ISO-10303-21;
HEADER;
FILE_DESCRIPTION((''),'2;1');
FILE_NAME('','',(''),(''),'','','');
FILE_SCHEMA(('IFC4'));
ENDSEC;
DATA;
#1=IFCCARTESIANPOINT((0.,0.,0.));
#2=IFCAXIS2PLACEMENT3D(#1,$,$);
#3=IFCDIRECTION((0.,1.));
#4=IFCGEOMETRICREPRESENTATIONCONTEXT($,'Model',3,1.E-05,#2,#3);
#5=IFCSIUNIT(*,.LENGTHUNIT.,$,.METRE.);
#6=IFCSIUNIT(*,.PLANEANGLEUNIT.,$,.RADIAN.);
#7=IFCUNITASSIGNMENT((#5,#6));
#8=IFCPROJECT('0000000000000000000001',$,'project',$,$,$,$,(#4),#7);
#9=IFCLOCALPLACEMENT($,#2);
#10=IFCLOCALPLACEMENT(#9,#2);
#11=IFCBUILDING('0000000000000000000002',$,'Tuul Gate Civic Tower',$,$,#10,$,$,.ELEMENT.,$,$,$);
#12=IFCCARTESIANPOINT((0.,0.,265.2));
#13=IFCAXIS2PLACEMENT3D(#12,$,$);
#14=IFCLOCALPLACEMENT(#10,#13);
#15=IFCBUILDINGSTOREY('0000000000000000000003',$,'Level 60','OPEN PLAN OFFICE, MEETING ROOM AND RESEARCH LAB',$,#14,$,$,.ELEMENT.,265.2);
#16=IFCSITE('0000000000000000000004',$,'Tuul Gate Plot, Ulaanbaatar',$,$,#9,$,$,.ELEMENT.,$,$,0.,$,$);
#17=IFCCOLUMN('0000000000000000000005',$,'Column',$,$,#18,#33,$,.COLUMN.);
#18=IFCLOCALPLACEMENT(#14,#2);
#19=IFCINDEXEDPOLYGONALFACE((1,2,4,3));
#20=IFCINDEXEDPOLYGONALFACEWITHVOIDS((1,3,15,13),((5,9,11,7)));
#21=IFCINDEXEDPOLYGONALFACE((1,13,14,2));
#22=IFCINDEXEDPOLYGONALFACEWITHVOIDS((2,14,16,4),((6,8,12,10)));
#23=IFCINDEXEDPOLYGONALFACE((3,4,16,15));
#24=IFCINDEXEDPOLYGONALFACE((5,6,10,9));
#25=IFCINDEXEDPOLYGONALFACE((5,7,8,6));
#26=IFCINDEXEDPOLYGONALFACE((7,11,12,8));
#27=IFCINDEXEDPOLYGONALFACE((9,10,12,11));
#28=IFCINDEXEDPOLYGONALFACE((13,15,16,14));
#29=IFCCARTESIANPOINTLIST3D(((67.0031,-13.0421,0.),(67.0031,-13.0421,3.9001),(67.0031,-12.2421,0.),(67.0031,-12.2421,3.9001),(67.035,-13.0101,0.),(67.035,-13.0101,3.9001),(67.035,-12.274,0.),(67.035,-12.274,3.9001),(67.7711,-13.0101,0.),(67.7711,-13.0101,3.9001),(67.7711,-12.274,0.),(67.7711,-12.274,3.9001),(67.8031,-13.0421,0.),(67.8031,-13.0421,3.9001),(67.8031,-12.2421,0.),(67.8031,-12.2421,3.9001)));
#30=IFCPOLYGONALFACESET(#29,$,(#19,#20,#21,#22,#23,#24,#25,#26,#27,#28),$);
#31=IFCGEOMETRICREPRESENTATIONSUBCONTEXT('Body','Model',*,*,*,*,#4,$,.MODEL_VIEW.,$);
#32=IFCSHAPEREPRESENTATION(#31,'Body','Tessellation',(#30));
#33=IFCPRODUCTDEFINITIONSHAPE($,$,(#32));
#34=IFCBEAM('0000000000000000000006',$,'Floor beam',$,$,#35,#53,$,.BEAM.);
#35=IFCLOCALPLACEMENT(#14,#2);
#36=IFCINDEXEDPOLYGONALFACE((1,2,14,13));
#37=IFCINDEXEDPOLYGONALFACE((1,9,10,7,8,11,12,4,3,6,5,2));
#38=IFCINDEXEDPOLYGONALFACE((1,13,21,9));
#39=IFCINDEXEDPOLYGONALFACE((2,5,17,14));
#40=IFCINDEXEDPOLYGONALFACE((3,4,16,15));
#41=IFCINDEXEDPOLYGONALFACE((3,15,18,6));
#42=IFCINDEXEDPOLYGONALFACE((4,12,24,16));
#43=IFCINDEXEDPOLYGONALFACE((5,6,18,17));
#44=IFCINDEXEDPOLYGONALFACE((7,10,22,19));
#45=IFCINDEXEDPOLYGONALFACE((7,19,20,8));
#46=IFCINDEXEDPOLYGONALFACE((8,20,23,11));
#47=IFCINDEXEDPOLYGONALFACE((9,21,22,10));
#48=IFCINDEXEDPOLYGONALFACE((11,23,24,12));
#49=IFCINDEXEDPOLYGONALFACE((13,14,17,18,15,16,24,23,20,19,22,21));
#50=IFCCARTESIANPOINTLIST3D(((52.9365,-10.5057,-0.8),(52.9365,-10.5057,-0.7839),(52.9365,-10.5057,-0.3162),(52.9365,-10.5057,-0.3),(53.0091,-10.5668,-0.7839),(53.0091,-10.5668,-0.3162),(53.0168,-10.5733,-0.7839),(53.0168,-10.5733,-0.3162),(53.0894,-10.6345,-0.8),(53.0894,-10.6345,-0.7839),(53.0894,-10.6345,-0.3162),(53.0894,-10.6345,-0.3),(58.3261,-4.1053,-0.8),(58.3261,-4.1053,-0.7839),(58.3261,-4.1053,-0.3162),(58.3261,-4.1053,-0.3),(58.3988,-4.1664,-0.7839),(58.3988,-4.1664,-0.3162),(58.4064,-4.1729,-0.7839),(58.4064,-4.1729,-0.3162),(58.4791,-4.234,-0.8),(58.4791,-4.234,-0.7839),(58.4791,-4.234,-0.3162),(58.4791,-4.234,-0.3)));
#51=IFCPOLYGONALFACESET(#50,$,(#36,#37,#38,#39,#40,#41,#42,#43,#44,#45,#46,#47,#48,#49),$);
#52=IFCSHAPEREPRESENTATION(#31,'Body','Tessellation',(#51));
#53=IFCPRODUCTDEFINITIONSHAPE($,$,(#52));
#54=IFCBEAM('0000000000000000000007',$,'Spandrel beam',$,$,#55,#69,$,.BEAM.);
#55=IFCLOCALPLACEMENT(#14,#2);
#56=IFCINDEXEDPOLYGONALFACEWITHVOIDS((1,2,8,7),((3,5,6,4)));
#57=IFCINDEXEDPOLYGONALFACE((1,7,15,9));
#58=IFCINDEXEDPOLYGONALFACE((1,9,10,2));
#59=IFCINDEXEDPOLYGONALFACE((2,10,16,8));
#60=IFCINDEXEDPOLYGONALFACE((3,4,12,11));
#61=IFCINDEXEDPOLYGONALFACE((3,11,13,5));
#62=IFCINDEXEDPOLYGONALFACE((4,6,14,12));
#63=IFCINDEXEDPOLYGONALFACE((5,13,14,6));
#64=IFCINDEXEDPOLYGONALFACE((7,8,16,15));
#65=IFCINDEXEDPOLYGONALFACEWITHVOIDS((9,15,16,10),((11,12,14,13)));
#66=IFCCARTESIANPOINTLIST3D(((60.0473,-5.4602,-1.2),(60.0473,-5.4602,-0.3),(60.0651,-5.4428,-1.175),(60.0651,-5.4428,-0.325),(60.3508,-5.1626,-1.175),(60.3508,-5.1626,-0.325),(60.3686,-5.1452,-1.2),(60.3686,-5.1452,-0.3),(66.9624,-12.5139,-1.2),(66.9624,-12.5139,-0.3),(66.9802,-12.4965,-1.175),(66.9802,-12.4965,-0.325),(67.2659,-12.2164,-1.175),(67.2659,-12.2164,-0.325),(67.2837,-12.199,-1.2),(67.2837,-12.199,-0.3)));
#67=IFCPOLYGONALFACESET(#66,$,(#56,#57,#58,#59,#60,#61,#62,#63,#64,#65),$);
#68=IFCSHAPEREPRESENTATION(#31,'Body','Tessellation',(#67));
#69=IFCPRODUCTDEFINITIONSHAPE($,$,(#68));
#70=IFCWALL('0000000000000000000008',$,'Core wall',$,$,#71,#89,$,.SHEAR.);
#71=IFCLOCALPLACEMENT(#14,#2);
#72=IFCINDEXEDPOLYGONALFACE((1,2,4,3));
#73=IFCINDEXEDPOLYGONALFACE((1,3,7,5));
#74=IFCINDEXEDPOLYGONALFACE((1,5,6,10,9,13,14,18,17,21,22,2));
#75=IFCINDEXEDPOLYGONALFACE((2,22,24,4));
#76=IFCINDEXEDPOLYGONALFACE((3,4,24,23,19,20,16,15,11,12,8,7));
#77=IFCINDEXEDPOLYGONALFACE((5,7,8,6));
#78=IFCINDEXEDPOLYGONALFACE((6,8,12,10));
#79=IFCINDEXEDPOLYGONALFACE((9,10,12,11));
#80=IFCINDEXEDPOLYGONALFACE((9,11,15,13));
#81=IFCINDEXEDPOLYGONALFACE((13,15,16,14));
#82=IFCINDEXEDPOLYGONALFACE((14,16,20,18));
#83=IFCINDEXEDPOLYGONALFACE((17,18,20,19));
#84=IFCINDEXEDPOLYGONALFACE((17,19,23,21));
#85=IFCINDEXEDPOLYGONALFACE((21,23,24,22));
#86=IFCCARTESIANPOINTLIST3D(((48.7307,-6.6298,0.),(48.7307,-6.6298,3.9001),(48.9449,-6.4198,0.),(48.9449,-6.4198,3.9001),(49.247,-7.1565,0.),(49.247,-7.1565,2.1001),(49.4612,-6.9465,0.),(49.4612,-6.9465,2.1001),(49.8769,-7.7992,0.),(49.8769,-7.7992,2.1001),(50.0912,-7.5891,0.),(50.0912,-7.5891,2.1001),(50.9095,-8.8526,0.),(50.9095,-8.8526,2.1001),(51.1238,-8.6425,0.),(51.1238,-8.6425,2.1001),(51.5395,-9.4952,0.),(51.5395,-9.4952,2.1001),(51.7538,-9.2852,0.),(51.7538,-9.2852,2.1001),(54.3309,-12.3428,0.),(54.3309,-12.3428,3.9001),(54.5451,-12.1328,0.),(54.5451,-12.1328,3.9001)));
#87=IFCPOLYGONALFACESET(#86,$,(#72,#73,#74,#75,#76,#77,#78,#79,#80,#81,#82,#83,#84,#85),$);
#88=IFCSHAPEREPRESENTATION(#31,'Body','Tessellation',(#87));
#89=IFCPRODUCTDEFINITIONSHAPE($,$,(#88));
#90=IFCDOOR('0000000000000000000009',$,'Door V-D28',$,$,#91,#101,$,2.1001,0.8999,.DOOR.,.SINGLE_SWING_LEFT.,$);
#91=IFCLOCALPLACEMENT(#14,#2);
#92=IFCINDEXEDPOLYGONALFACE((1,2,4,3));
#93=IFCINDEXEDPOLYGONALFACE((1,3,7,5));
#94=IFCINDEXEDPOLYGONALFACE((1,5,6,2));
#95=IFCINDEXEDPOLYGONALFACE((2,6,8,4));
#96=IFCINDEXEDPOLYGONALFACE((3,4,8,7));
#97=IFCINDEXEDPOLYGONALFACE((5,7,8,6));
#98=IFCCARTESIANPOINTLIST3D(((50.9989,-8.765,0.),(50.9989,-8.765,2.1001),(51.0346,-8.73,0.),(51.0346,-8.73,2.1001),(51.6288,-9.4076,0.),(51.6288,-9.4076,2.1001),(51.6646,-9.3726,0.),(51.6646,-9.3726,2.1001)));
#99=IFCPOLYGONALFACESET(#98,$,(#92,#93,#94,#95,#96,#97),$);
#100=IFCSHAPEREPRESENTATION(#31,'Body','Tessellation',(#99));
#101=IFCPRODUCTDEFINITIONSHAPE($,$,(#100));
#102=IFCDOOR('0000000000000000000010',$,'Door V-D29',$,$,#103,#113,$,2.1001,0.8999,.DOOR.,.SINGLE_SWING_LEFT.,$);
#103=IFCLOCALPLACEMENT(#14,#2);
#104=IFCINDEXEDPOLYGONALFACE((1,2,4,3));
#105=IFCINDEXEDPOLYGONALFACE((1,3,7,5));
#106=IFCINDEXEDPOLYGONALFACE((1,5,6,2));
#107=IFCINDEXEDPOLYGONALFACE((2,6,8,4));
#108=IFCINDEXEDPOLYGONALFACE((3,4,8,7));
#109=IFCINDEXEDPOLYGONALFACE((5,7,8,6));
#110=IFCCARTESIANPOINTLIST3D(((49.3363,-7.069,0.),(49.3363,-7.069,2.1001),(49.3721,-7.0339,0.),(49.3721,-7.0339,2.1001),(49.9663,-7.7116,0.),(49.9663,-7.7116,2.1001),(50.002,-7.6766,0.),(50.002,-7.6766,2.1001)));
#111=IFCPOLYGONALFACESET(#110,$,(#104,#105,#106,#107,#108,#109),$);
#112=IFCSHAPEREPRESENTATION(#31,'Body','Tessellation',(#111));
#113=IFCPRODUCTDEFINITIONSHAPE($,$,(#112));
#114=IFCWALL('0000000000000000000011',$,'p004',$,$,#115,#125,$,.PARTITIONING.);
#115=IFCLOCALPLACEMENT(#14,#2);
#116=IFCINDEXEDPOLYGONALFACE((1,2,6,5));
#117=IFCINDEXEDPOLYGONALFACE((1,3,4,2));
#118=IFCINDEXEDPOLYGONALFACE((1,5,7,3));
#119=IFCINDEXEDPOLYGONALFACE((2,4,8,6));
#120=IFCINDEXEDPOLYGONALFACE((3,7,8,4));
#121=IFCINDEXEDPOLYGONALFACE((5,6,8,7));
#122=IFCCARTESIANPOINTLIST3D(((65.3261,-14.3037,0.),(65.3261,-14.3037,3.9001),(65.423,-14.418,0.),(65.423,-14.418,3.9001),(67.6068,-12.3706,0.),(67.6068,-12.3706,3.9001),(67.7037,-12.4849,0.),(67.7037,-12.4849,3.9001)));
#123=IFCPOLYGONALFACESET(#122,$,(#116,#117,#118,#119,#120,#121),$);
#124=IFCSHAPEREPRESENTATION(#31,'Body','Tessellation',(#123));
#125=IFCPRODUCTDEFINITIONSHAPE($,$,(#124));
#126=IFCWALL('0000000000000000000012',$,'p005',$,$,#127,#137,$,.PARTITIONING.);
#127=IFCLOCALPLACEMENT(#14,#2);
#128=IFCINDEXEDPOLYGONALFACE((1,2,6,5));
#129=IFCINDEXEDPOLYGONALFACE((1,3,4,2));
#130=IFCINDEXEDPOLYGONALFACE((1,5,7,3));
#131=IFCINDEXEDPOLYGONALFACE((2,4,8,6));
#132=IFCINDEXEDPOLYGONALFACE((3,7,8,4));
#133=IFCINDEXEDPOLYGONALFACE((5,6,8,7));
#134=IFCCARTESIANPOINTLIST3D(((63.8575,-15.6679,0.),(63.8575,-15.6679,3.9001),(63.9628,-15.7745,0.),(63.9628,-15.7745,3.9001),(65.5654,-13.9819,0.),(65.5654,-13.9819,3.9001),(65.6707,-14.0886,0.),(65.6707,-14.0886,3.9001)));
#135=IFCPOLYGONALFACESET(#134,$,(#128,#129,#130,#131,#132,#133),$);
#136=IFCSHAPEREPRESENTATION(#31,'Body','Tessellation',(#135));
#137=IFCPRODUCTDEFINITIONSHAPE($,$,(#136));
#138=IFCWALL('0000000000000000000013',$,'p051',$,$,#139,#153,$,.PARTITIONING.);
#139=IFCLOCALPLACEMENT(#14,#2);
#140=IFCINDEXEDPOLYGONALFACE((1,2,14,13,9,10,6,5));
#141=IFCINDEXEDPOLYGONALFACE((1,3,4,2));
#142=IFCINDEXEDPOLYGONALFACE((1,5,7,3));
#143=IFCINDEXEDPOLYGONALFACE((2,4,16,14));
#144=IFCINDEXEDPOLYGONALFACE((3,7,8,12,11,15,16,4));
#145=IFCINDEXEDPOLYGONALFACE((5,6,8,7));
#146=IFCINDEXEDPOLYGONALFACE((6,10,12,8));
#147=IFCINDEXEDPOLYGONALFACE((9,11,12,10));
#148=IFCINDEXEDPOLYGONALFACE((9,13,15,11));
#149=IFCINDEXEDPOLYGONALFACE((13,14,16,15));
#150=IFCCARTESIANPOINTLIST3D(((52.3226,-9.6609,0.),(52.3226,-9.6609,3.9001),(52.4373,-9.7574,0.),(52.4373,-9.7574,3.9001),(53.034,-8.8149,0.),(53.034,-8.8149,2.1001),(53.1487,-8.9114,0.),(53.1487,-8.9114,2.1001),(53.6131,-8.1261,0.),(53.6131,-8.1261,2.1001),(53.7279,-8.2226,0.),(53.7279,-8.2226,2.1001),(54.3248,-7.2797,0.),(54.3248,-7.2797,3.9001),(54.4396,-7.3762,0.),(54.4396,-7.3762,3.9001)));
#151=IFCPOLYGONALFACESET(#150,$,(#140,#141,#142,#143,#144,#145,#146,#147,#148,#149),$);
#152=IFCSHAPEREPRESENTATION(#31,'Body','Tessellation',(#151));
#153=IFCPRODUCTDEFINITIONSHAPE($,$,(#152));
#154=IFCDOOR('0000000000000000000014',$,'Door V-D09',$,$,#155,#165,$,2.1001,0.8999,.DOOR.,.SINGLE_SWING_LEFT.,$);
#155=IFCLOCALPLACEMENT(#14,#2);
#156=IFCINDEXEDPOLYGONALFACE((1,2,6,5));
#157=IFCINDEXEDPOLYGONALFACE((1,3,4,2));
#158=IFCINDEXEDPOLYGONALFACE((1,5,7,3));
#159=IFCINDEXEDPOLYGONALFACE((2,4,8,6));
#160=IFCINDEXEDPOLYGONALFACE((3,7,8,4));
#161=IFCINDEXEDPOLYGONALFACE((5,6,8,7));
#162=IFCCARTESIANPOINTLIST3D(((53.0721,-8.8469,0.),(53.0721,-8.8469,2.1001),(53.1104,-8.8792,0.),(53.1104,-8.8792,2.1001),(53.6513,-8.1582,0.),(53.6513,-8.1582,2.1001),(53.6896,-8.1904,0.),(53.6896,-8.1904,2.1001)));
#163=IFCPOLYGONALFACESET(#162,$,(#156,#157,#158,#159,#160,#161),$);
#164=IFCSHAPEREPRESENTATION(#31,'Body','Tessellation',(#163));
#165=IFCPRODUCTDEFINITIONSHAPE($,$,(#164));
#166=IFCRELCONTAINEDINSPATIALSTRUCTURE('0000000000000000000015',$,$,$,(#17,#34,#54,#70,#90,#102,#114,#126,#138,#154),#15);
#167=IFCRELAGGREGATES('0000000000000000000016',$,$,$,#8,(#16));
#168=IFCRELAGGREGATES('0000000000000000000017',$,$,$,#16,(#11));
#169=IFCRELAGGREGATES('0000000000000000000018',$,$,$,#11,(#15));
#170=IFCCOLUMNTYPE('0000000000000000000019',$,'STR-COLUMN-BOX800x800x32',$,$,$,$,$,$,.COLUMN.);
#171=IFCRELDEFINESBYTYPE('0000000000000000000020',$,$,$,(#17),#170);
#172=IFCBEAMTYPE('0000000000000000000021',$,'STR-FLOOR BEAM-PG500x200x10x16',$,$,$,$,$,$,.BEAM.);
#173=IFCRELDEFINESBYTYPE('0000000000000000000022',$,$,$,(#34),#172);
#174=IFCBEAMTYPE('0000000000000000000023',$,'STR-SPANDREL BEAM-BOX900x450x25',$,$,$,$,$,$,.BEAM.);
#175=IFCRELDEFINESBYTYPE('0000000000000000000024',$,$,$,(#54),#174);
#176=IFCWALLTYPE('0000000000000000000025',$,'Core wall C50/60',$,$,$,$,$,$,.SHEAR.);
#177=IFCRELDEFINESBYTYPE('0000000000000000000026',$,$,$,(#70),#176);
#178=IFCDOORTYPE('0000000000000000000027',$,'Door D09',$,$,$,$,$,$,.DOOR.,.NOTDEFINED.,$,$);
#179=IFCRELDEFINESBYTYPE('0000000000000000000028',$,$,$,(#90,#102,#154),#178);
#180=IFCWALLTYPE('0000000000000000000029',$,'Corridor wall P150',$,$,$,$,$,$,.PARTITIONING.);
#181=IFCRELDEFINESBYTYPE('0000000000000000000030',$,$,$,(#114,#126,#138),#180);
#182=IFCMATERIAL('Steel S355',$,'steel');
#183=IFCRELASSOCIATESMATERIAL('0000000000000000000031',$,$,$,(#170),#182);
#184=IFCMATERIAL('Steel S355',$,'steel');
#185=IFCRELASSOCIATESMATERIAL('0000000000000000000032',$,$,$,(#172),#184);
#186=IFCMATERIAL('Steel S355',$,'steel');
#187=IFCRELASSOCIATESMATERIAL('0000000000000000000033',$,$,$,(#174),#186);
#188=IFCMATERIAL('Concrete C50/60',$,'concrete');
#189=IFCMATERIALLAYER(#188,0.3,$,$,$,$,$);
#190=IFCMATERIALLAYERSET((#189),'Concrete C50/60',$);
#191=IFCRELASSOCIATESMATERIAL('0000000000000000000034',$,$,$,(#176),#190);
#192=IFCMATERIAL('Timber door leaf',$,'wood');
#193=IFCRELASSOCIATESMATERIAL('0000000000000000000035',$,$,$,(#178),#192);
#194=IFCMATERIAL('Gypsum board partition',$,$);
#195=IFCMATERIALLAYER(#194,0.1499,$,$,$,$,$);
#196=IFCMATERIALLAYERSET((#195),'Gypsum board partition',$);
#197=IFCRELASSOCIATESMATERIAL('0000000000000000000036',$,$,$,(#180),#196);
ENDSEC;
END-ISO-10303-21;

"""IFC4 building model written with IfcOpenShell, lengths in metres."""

from ifc_helpers import new_model, si_unit, direction, frame, frame_2d, origin, origin_2d, place, context, subcontext, project, spatial, rectangle, hollow_rectangle, i_section, extrude, material, layer, layer_set, material_profile, profile_set, type_object, element, fill, save


model = new_model("IFC4")

# Units and contexts
model_context = context("Model", 3, precision=1e-05, world=origin(), true_north=direction((0.0, 1.0)))
body_context = subcontext(model_context, "Body", "Model", "MODEL_VIEW")
ifc_project = project(units=[si_unit("LENGTHUNIT", "METRE"), si_unit("PLANEANGLEUNIT", "RADIAN")], contexts=[model_context])

# Site, building, storey
site_placement = place(None, origin())
site = spatial("IfcSite", under=ifc_project, at=site_placement, Name="Tuul Gate Plot, Ulaanbaatar", CompositionType="ELEMENT", RefElevation=0.0)
building_placement = place(site_placement, origin())
building = spatial("IfcBuilding", under=site, at=building_placement, Name="Tuul Gate Civic Tower", CompositionType="ELEMENT")
storey_placement = place(building_placement, frame((0.0, 0.0, 265.2)))
storey = spatial("IfcBuildingStorey", under=building, at=storey_placement, Name="Level 60", Description="OPEN PLAN OFFICE, MEETING ROOM AND RESEARCH LAB", CompositionType="ELEMENT", Elevation=265.2)

# Column
ifc_material_1 = material(Name="Steel S355", Category="steel")
ifc_material_profile_1 = material_profile(ifc_material_1, hollow_rectangle(XDim=0.8, YDim=0.8, WallThickness=0.032, at=origin_2d()), Name="BOX800x800x32")
ifc_profile_set_1 = profile_set([ifc_material_profile_1], Name="Steel S355")
column_type = type_object("IfcColumnType", Name="STR-COLUMN-BOX800x800x32", PredefinedType="COLUMN", material=ifc_profile_set_1)
column_placement = place(storey_placement, frame((67.4031, -12.6421, 0.0), z_axis=(0.0, 0.0, 1.0), x_axis=(1.0, 0.0, 0.0)))
element("IfcColumn", 1, at=column_placement, inside=storey, type_object=column_type, Name="Column", PredefinedType="COLUMN", context=body_context, shape_type="SweptSolid", body=[
    extrude(hollow_rectangle(XDim=0.8, YDim=0.8, WallThickness=0.032, at=origin_2d()), origin(), (0.0, 0.0, 1.0), 3.9001),
])

# Beams
ifc_material_2 = material(Name="Steel S355", Category="steel")
ifc_material_profile_2 = material_profile(ifc_material_2, i_section(OverallWidth=0.2, OverallDepth=0.5, WebThickness=0.01, FlangeThickness=0.0161, at=origin_2d()), Name="PG500x200x10x16")
ifc_profile_set_2 = profile_set([ifc_material_profile_2], Name="Steel S355")
beam_type_1 = type_object("IfcBeamType", Name="STR-FLOOR BEAM-PG500x200x10x16", PredefinedType="BEAM", material=ifc_profile_set_2)
beam_1_placement = place(storey_placement, frame((53.0129, -10.5701, -0.55), z_axis=(0.644125, 0.76492, 0.0), x_axis=(-0.76492, 0.644125, 0.0)))
element("IfcBeam", 2, at=beam_1_placement, inside=storey, type_object=beam_type_1, Name="Floor beam", PredefinedType="BEAM", context=body_context, shape_type="SweptSolid", body=[
    extrude(i_section(OverallWidth=0.2, OverallDepth=0.5, WebThickness=0.01, FlangeThickness=0.0161, at=origin_2d()), origin(), (0.0, 0.0, 1.0), 8.3674),
])
ifc_material_3 = material(Name="Steel S355", Category="steel")
ifc_material_profile_3 = material_profile(ifc_material_3, hollow_rectangle(XDim=0.45, YDim=0.8999, WallThickness=0.0249, at=origin_2d()), Name="BOX900x450x25")
ifc_profile_set_3 = profile_set([ifc_material_profile_3], Name="Steel S355")
beam_type_2 = type_object("IfcBeamType", Name="STR-SPANDREL BEAM-BOX900x450x25", PredefinedType="BEAM", material=ifc_profile_set_3)
beam_2_placement = place(storey_placement, frame((67.123, -12.3564, -0.75), z_axis=(-0.700053, 0.714091, 0.0), x_axis=(-0.714091, -0.700053, 0.0)))
element("IfcBeam", 3, at=beam_2_placement, inside=storey, type_object=beam_type_2, Name="Spandrel beam", PredefinedType="BEAM", context=body_context, shape_type="SweptSolid", body=[
    extrude(hollow_rectangle(XDim=0.45, YDim=0.8999, WallThickness=0.0249, at=origin_2d()), origin(), (0.0, 0.0, 1.0), 9.8779),
])

# Wall, openings, doors
ifc_material_4 = material(Name="Concrete C50/60", Category="concrete")
ifc_layer_1 = layer(ifc_material_4, 0.3)
ifc_layer_set_1 = layer_set([ifc_layer_1], Name="Concrete C50/60")
wall_type_1 = type_object("IfcWallType", Name="Core wall C50/60", PredefinedType="SHEAR", material=ifc_layer_set_1)
wall_1_placement = place(storey_placement, frame((54.438, -12.2378, 0.0), z_axis=(0.0, 0.0, 1.0), x_axis=(-0.700022, 0.714121, 0.0)))
wall_1 = element("IfcWall", 4, at=wall_1_placement, inside=storey, type_object=wall_type_1, Name="Core wall", PredefinedType="SHEAR", context=body_context, shape_type="SweptSolid", body=[
    extrude(rectangle(XDim=8.0, YDim=0.3, at=frame_2d((4.0, 0.0))), origin(), (0.0, 0.0, 1.0), 3.9001),
])
opening_1_placement = place(wall_1_placement, frame((3.9875, 0.0, 0.0)))
opening_1 = element("IfcOpeningElement", 5, at=opening_1_placement, cuts=wall_1, PredefinedType="OPENING", context=body_context, shape_type="SweptSolid", body=[
    extrude(rectangle(XDim=0.8999, YDim=2.1001, at=frame_2d((0.45, 1.05))), frame((0.0, 0.1602, 0.0), z_axis=(0.0, -1.0, 0.0), x_axis=(1.0, 0.0, 0.0)), (0.0, 0.0, 1.0), 0.3201),
])
opening_2_placement = place(wall_1_placement, frame((6.3625, 0.0, 0.0)))
opening_2 = element("IfcOpeningElement", 6, at=opening_2_placement, cuts=wall_1, PredefinedType="OPENING", context=body_context, shape_type="SweptSolid", body=[
    extrude(rectangle(XDim=0.8999, YDim=2.1001, at=frame_2d((0.45, 1.05))), frame((0.0, 0.1602, 0.0), z_axis=(0.0, -1.0, 0.0), x_axis=(1.0, 0.0, 0.0)), (0.0, 0.0, 1.0), 0.3201),
])
ifc_material_5 = material(Name="Timber door leaf", Category="wood")
door_type = type_object("IfcDoorType", Name="Door D09", OperationType="NOTDEFINED", PredefinedType="DOOR", material=ifc_material_5)
door_1_placement = place(opening_1_placement, origin())
door_1 = element("IfcDoor", 7, at=door_1_placement, inside=storey, type_object=door_type, Name="Door V-D28", OperationType="SINGLE_SWING_LEFT", OverallHeight=2.1001, OverallWidth=0.8999, PredefinedType="DOOR", context=body_context, shape_type="SweptSolid", body=[
    extrude(rectangle(XDim=0.8999, YDim=2.1001, at=frame_2d((0.45, 1.05))), frame((0.0, 0.0249, 0.0), z_axis=(0.0, -1.0, 0.0), x_axis=(1.0, 0.0, 0.0)), (0.0, 0.0, 1.0), 0.05),
])
fill(opening_1, door_1)
door_2_placement = place(opening_2_placement, origin())
door_2 = element("IfcDoor", 8, at=door_2_placement, inside=storey, type_object=door_type, Name="Door V-D29", OperationType="SINGLE_SWING_LEFT", OverallHeight=2.1001, OverallWidth=0.8999, PredefinedType="DOOR", context=body_context, shape_type="SweptSolid", body=[
    extrude(rectangle(XDim=0.8999, YDim=2.1001, at=frame_2d((0.45, 1.05))), frame((0.0, 0.0249, 0.0), z_axis=(0.0, -1.0, 0.0), x_axis=(1.0, 0.0, 0.0)), (0.0, 0.0, 1.0), 0.05),
])
fill(opening_2, door_2)

# Walls
ifc_material_6 = material(Name="Gypsum board partition")
ifc_layer_2 = layer(ifc_material_6, 0.1499)
ifc_layer_set_2 = layer_set([ifc_layer_2], Name="Gypsum board partition")
wall_type_2 = type_object("IfcWallType", Name="Corridor wall P150", PredefinedType="PARTITIONING", material=ifc_layer_set_2)
wall_2_placement = place(storey_placement, frame((65.3745, -14.3608, 0.0), z_axis=(0.0, 0.0, 1.0), x_axis=(0.762853, 0.646572, 0.0)))
element("IfcWall", 9, at=wall_2_placement, inside=storey, type_object=wall_type_2, Name="p004", PredefinedType="PARTITIONING", context=body_context, shape_type="SweptSolid", body=[
    extrude(rectangle(XDim=2.9897, YDim=0.1499, at=frame_2d((1.4949, 0.0))), origin(), (0.0, 0.0, 1.0), 3.9001),
])
wall_3_placement = place(storey_placement, frame((63.9102, -15.7212, 0.0), z_axis=(0.0, 0.0, 1.0), x_axis=(0.71167, 0.702514, 0.0)))
element("IfcWall", 10, at=wall_3_placement, inside=storey, type_object=wall_type_2, Name="p005", PredefinedType="PARTITIONING", context=body_context, shape_type="SweptSolid", body=[
    extrude(rectangle(XDim=2.3999, YDim=0.1499, at=frame_2d((1.2, 0.0))), origin(), (0.0, 0.0, 1.0), 3.9001),
])

# Wall, opening, door
wall_4_placement = place(storey_placement, frame((52.3799, -9.7092, 0.0), z_axis=(0.0, 0.0, 1.0), x_axis=(0.643582, 0.765377, 0.0)))
wall_4 = element("IfcWall", 11, at=wall_4_placement, inside=storey, type_object=wall_type_2, Name="p051", PredefinedType="PARTITIONING", context=body_context, shape_type="SweptSolid", body=[
    extrude(rectangle(XDim=3.1111, YDim=0.1499, at=frame_2d((1.5557, 0.0))), origin(), (0.0, 0.0, 1.0), 3.9001),
])
opening_3_placement = place(wall_4_placement, frame((1.1055, 0.0, 0.0)))
opening_3 = element("IfcOpeningElement", 12, at=opening_3_placement, cuts=wall_4, PredefinedType="OPENING", context=body_context, shape_type="SweptSolid", body=[
    extrude(rectangle(XDim=0.8999, YDim=2.1001, at=frame_2d((0.45, 1.05))), frame((0.0, 0.085, 0.0), z_axis=(0.0, -1.0, 0.0), x_axis=(1.0, 0.0, 0.0)), (0.0, 0.0, 1.0), 0.1699),
])
door_3_placement = place(opening_3_placement, frame((0.8999, 0.0, 0.0), z_axis=(0.0, 0.0, 1.0), x_axis=(-1.0, 0.0, 0.0)))
door_3 = element("IfcDoor", 13, at=door_3_placement, inside=storey, type_object=door_type, Name="Door V-D09", OperationType="SINGLE_SWING_LEFT", OverallHeight=2.1001, OverallWidth=0.8999, PredefinedType="DOOR", context=body_context, shape_type="SweptSolid", body=[
    extrude(rectangle(XDim=0.8999, YDim=2.1001, at=frame_2d((0.45, 1.05))), frame((0.0, 0.0249, 0.0), z_axis=(0.0, -1.0, 0.0), x_axis=(1.0, 0.0, 0.0)), (0.0, 0.0, 1.0), 0.05),
])
fill(opening_3, door_3)

save(model, "model.ifc")
